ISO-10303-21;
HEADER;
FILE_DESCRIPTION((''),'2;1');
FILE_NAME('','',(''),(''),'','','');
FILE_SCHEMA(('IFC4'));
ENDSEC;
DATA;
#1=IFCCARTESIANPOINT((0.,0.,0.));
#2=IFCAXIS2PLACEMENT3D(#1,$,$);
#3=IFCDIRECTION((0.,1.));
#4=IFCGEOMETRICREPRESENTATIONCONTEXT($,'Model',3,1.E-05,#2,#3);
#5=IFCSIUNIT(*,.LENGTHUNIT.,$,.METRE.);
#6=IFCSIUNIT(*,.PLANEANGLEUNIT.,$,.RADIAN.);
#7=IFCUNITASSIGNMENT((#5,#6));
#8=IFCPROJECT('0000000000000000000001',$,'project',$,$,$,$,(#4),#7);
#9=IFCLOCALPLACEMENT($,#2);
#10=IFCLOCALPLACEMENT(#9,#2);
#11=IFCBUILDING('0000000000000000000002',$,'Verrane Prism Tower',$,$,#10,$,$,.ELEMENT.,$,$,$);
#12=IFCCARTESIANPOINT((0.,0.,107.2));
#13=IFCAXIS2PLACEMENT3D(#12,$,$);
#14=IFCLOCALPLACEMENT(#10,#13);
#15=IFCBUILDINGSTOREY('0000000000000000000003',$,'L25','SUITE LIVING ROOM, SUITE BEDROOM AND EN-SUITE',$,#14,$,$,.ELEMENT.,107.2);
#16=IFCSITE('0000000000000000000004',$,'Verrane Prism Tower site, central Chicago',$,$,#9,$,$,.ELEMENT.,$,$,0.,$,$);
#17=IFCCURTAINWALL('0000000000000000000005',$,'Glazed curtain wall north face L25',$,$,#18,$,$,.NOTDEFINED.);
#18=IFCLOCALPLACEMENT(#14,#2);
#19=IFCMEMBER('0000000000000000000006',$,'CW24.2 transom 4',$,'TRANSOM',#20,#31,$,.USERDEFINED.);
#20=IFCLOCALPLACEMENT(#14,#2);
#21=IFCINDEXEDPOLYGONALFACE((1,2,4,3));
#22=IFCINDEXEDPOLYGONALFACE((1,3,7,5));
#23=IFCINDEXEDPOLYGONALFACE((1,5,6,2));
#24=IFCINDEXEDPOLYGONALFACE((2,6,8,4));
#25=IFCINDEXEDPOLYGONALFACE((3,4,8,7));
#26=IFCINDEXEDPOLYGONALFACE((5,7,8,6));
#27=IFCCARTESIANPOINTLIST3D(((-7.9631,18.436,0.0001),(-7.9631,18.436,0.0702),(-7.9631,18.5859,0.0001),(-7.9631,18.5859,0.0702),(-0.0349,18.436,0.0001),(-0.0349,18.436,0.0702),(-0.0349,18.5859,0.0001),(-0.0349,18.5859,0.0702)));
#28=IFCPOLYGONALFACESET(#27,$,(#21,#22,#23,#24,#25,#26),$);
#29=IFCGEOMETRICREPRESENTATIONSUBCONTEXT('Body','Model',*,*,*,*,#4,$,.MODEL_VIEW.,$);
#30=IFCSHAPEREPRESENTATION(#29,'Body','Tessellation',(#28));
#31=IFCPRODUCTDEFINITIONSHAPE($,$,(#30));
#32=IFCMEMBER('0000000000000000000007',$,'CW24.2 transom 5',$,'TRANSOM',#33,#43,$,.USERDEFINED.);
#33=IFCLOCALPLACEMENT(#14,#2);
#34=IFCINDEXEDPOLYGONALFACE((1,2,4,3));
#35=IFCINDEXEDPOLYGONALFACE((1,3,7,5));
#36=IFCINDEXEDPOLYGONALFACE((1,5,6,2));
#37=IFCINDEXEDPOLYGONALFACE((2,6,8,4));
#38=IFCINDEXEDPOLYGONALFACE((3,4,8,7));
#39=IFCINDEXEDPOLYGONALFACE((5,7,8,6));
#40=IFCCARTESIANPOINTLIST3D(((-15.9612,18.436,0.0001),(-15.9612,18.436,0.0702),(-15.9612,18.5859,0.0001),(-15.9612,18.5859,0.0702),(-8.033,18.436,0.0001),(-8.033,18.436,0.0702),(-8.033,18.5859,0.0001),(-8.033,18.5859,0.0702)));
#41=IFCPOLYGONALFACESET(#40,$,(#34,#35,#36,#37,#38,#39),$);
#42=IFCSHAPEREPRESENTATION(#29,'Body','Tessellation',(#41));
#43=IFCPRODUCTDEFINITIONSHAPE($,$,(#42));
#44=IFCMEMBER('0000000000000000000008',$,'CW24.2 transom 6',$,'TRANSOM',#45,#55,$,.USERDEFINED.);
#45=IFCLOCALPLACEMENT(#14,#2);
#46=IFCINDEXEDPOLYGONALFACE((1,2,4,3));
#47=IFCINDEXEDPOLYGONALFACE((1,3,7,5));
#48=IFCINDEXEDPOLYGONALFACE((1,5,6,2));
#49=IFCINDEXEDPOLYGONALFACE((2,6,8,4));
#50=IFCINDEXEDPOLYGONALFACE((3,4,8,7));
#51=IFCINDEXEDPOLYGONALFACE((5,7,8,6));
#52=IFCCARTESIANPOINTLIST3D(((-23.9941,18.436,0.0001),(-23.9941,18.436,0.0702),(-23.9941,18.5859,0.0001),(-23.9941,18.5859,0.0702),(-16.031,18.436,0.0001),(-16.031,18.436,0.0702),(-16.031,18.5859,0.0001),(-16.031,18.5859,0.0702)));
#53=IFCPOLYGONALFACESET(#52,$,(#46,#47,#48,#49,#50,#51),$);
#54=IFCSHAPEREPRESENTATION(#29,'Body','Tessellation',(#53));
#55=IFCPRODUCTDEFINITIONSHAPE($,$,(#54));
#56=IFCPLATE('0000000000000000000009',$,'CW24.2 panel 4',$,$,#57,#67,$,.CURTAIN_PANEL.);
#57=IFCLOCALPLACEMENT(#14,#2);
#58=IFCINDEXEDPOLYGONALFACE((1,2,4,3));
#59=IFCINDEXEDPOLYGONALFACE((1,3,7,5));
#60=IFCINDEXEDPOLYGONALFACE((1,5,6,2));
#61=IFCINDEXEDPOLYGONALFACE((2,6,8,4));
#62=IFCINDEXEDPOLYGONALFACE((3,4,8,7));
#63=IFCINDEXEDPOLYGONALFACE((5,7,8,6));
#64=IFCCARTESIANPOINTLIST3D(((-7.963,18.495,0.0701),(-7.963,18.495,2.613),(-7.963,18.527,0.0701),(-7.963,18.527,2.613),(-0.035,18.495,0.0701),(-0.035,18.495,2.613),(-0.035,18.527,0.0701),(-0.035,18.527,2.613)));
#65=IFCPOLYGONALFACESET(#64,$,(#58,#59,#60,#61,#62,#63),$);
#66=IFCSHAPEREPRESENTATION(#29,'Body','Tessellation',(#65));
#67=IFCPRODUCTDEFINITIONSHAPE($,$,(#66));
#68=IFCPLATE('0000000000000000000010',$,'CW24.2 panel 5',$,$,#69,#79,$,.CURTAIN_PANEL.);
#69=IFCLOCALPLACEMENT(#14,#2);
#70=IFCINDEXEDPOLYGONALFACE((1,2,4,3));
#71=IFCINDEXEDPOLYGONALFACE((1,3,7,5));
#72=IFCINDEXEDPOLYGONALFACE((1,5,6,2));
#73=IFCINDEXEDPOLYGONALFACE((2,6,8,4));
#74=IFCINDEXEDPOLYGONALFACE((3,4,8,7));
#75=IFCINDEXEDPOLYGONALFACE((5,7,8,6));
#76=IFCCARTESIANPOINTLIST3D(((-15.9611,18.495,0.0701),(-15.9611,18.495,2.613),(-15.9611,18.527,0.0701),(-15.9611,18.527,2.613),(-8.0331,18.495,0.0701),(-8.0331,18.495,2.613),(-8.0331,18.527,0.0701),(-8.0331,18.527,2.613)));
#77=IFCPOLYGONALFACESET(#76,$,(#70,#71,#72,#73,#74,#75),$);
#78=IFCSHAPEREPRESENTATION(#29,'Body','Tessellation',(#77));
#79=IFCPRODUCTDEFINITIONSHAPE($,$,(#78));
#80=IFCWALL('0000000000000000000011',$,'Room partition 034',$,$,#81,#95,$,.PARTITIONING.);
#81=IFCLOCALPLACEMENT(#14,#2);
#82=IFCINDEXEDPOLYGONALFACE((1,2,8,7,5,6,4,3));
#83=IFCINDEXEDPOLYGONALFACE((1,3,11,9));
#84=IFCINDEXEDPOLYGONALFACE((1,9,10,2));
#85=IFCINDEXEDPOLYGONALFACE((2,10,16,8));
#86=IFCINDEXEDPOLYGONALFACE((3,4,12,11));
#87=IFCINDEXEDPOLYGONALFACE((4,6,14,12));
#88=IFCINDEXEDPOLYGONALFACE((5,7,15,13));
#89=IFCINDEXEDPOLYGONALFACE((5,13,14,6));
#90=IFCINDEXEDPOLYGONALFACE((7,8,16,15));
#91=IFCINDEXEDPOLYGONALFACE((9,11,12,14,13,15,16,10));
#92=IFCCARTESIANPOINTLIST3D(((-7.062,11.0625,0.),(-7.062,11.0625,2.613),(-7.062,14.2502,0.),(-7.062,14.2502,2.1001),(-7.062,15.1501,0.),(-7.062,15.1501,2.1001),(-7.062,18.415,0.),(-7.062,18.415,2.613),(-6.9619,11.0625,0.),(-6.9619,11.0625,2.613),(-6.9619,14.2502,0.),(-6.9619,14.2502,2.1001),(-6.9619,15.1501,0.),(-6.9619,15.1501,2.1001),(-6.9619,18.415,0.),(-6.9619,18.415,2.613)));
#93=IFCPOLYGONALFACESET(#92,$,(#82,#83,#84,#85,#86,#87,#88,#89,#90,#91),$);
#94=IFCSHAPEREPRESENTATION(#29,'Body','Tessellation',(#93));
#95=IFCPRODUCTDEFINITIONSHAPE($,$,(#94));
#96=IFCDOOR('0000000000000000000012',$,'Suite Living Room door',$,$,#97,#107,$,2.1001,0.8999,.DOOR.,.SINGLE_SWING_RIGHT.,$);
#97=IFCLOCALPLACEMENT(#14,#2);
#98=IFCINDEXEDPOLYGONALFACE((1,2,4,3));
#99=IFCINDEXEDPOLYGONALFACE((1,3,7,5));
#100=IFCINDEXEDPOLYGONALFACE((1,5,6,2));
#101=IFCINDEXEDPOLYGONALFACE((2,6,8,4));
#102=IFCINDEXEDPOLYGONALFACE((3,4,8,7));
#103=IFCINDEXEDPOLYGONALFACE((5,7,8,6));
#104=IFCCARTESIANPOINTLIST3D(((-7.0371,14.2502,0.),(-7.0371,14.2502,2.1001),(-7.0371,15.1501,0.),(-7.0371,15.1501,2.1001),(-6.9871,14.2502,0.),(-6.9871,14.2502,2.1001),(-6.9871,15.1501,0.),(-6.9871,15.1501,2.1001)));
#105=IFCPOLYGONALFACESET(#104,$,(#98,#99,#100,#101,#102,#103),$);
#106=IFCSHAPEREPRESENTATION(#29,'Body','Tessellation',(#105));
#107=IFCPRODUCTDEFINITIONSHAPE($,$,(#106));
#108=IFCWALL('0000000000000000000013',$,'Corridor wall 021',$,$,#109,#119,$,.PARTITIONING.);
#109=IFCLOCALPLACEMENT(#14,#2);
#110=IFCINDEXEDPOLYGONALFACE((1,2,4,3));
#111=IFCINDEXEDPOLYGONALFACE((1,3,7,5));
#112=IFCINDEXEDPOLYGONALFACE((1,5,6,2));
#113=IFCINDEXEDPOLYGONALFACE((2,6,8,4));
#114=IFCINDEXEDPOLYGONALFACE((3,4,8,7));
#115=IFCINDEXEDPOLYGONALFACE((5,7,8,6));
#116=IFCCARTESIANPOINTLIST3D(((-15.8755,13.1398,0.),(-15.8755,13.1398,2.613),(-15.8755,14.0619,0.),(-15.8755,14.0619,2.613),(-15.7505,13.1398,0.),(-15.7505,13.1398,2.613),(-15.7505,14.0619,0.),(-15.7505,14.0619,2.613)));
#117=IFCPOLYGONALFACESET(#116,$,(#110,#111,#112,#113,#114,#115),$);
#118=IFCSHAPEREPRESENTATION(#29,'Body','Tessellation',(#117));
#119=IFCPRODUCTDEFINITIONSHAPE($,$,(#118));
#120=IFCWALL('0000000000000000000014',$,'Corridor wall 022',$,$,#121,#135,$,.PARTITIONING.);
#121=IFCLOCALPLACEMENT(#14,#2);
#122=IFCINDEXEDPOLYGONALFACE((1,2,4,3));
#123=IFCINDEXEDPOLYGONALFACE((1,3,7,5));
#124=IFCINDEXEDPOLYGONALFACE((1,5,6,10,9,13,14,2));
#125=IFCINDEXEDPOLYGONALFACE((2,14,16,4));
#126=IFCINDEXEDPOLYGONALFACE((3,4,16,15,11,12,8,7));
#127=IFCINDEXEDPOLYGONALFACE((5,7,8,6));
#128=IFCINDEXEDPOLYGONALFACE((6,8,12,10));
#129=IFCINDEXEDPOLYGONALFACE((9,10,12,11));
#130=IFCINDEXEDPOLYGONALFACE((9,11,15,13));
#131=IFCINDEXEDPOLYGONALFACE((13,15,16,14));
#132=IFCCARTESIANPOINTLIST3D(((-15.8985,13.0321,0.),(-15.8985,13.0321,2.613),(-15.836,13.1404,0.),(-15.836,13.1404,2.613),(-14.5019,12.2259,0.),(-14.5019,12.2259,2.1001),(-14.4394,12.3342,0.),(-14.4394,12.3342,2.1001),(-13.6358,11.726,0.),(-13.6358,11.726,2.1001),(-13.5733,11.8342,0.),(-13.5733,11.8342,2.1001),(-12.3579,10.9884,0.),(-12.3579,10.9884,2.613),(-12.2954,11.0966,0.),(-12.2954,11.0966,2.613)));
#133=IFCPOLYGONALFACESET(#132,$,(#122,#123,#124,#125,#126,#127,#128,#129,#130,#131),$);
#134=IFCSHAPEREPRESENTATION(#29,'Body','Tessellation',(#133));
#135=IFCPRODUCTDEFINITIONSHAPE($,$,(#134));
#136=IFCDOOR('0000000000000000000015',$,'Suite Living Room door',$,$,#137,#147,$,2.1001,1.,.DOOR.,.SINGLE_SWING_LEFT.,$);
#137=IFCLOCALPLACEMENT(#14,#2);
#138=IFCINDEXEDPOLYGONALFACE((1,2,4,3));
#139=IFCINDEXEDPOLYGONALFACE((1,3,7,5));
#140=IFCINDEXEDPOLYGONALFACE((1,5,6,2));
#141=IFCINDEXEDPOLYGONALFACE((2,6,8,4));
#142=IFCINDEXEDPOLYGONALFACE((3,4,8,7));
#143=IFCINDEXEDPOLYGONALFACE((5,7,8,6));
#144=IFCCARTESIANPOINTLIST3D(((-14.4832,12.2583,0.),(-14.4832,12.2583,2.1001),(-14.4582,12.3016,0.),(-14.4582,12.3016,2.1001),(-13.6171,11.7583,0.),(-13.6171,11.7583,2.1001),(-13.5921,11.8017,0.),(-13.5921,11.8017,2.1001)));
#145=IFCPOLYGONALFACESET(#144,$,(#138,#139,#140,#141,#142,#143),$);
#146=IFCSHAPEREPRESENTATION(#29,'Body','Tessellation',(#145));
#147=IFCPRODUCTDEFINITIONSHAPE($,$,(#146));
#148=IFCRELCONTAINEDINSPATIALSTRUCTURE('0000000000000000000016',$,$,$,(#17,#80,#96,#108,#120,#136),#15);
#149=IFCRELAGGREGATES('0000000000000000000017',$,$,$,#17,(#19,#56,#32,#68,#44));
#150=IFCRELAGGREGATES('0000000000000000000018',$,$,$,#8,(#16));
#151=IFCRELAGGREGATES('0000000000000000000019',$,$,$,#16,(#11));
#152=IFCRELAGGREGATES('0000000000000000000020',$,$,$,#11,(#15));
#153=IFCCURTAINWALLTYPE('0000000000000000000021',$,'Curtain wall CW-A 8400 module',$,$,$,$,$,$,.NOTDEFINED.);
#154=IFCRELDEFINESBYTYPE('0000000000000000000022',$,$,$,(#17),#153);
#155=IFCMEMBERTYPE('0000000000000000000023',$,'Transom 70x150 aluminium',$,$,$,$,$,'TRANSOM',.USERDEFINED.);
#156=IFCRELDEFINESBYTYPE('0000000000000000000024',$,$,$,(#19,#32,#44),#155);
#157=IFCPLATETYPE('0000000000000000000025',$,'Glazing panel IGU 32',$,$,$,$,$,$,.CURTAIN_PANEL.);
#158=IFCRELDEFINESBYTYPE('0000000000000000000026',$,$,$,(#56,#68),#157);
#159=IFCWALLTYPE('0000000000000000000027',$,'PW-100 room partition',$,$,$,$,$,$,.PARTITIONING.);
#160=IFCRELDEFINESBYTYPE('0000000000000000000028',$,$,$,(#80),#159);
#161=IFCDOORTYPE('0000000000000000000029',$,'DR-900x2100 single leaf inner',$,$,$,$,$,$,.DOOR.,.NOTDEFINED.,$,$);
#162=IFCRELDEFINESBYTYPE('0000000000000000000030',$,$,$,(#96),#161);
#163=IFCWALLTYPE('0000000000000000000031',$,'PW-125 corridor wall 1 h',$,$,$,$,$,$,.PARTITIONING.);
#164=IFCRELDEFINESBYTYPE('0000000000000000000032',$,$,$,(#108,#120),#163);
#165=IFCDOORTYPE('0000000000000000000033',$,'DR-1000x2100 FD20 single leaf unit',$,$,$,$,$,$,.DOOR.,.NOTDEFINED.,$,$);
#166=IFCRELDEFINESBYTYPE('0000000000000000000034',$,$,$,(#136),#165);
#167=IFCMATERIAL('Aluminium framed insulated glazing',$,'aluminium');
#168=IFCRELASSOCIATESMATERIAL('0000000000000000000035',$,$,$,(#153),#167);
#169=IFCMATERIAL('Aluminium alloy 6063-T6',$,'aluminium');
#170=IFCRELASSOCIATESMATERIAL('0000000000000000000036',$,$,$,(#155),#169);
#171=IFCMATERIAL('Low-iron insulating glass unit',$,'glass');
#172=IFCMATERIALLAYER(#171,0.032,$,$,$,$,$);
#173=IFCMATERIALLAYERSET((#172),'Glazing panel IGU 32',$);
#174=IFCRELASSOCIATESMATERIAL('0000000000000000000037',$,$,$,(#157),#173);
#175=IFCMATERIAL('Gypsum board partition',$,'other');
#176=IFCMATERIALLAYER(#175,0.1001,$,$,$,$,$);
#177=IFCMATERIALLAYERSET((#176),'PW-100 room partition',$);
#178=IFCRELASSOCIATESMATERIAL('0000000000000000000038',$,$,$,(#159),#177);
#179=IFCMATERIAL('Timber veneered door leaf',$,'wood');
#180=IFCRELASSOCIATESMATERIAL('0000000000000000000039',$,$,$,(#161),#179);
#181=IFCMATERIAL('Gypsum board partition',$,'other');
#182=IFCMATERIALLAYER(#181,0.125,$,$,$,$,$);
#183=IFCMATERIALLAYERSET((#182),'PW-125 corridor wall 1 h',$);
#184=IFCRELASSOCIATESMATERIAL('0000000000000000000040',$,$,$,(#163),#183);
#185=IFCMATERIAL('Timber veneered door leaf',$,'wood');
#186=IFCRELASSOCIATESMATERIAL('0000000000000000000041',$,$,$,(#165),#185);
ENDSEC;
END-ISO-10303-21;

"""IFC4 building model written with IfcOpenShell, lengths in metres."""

from ifc_helpers import new_model, si_unit, direction, frame, frame_2d, origin, origin_2d, place, context, subcontext, project, spatial, rectangle, extrude, material, layer, layer_set, material_profile, profile_set, type_object, element, fill, aggregate, save


model = new_model("IFC4")

# Units and contexts
model_context = context("Model", 3, precision=1e-05, world=origin(), true_north=direction((0.0, 1.0)))
body_context = subcontext(model_context, "Body", "Model", "MODEL_VIEW")
ifc_project = project(units=[si_unit("LENGTHUNIT", "METRE"), si_unit("PLANEANGLEUNIT", "RADIAN")], contexts=[model_context])

# Site, building, storey
site_placement = place(None, origin())
site = spatial("IfcSite", under=ifc_project, at=site_placement, Name="Verrane Prism Tower site, central Chicago", CompositionType="ELEMENT", RefElevation=0.0)
building_placement = place(site_placement, origin())
building = spatial("IfcBuilding", under=site, at=building_placement, Name="Verrane Prism Tower", CompositionType="ELEMENT")
storey_placement = place(building_placement, frame((0.0, 0.0, 107.2)))
storey = spatial("IfcBuildingStorey", under=building, at=storey_placement, Name="L25", Description="SUITE LIVING ROOM, SUITE BEDROOM AND EN-SUITE", CompositionType="ELEMENT", Elevation=107.2)

# Curtain wall
ifc_material_1 = material(Name="Aluminium framed insulated glazing", Category="aluminium")
curtain_wall_type = type_object("IfcCurtainWallType", Name="Curtain wall CW-A 8400 module", PredefinedType="NOTDEFINED", material=ifc_material_1)
curtain_wall_placement = place(storey_placement, origin())
curtain_wall = element("IfcCurtainWall", 1, at=curtain_wall_placement, inside=storey, type_object=curtain_wall_type, Name="Glazed curtain wall north face L25", PredefinedType="NOTDEFINED")

# Members
ifc_material_2 = material(Name="Aluminium alloy 6063-T6", Category="aluminium")
ifc_material_profile_1 = material_profile(ifc_material_2, rectangle(XDim=0.1499, YDim=0.0701, at=origin_2d()), Name="Transom 70x150 aluminium")
ifc_profile_set_1 = profile_set([ifc_material_profile_1], Name="Aluminium alloy 6063-T6")
member_type_1 = type_object("IfcMemberType", Name="Transom 70x150 aluminium", ElementType="TRANSOM", PredefinedType="USERDEFINED", material=ifc_profile_set_1)
member_1_placement = place(storey_placement, frame((-0.0349, 18.511, 0.0352), z_axis=(-1.0, 0.0, 0.0), x_axis=(0.0, -1.0, 0.0)))
member_1 = element("IfcMember", 2, at=member_1_placement, type_object=member_type_1, Name="CW24.2 transom 4", ObjectType="TRANSOM", PredefinedType="USERDEFINED", context=body_context, shape_type="SweptSolid", body=[
    extrude(rectangle(XDim=0.1499, YDim=0.0701, at=origin_2d()), origin(), (0.0, 0.0, 1.0), 7.9282),
])
member_2_placement = place(storey_placement, frame((-8.033, 18.511, 0.0352), z_axis=(-1.0, 0.0, 0.0), x_axis=(0.0, -1.0, 0.0)))
member_2 = element("IfcMember", 3, at=member_2_placement, type_object=member_type_1, Name="CW24.2 transom 5", ObjectType="TRANSOM", PredefinedType="USERDEFINED", context=body_context, shape_type="SweptSolid", body=[
    extrude(rectangle(XDim=0.1499, YDim=0.0701, at=origin_2d()), origin(), (0.0, 0.0, 1.0), 7.9282),
])
member_3_placement = place(storey_placement, frame((-16.031, 18.511, 0.0352), z_axis=(-1.0, 0.0, 0.0), x_axis=(0.0, -1.0, 0.0)))
member_3 = element("IfcMember", 4, at=member_3_placement, type_object=member_type_1, Name="CW24.2 transom 6", ObjectType="TRANSOM", PredefinedType="USERDEFINED", context=body_context, shape_type="SweptSolid", body=[
    extrude(rectangle(XDim=0.1499, YDim=0.0701, at=origin_2d()), origin(), (0.0, 0.0, 1.0), 7.9631),
])

# Plates
ifc_material_3 = material(Name="Low-iron insulating glass unit", Category="glass")
ifc_layer_1 = layer(ifc_material_3, 0.032)
ifc_layer_set_1 = layer_set([ifc_layer_1], Name="Glazing panel IGU 32")
plate_type = type_object("IfcPlateType", Name="Glazing panel IGU 32", PredefinedType="CURTAIN_PANEL", material=ifc_layer_set_1)
plate_1_placement = place(storey_placement, frame((-3.999, 18.511, 0.0701), z_axis=(0.0, 0.0, 1.0), x_axis=(-1.0, 0.0, 0.0)))
plate_1 = element("IfcPlate", 5, at=plate_1_placement, type_object=plate_type, Name="CW24.2 panel 4", PredefinedType="CURTAIN_PANEL", context=body_context, shape_type="SweptSolid", body=[
    extrude(rectangle(XDim=7.928, YDim=0.032, at=origin_2d()), origin(), (0.0, 0.0, 1.0), 2.543),
])
plate_2_placement = place(storey_placement, frame((-11.9971, 18.511, 0.0701), z_axis=(0.0, 0.0, 1.0), x_axis=(-1.0, 0.0, 0.0)))
plate_2 = element("IfcPlate", 6, at=plate_2_placement, type_object=plate_type, Name="CW24.2 panel 5", PredefinedType="CURTAIN_PANEL", context=body_context, shape_type="SweptSolid", body=[
    extrude(rectangle(XDim=7.928, YDim=0.032, at=origin_2d()), origin(), (0.0, 0.0, 1.0), 2.543),
])
aggregate(curtain_wall, [member_1, plate_1, member_2, plate_2, member_3])

# Wall, opening, door
ifc_material_4 = material(Name="Gypsum board partition", Category="other")
ifc_layer_2 = layer(ifc_material_4, 0.1001)
ifc_layer_set_2 = layer_set([ifc_layer_2], Name="PW-100 room partition")
wall_type_1 = type_object("IfcWallType", Name="PW-100 room partition", PredefinedType="PARTITIONING", material=ifc_layer_set_2)
wall_1_placement = place(storey_placement, frame((-7.012, 18.415, 0.0), z_axis=(0.0, 0.0, 1.0), x_axis=(0.0, -1.0, 0.0)))
wall_1 = element("IfcWall", 7, at=wall_1_placement, inside=storey, type_object=wall_type_1, Name="Room partition 034", PredefinedType="PARTITIONING", context=body_context, shape_type="SweptSolid", body=[
    extrude(rectangle(XDim=7.3525, YDim=0.1001, at=frame_2d((3.6763, 0.0))), origin(), (0.0, 0.0, 1.0), 2.613),
])
opening_1_placement = place(wall_1_placement, frame((3.2649, 0.0, 0.0)))
opening_1 = element("IfcOpeningElement", 8, at=opening_1_placement, cuts=wall_1, PredefinedType="OPENING", context=body_context, shape_type="SweptSolid", body=[
    extrude(rectangle(XDim=0.8999, YDim=2.1001, at=frame_2d((0.45, 1.05))), frame((0.0, 0.0601, 0.0), z_axis=(0.0, -1.0, 0.0), x_axis=(1.0, 0.0, 0.0)), (0.0, 0.0, 1.0), 0.1201),
])
ifc_material_5 = material(Name="Timber veneered door leaf", Category="wood")
door_type_1 = type_object("IfcDoorType", Name="DR-900x2100 single leaf inner", OperationType="NOTDEFINED", PredefinedType="DOOR", material=ifc_material_5)
door_1_placement = place(opening_1_placement, origin())
door_1 = element("IfcDoor", 9, at=door_1_placement, inside=storey, type_object=door_type_1, Name="Suite Living Room door", OperationType="SINGLE_SWING_RIGHT", OverallHeight=2.1001, OverallWidth=0.8999, PredefinedType="DOOR", context=body_context, shape_type="SweptSolid", body=[
    extrude(rectangle(XDim=0.8999, YDim=2.1001, at=frame_2d((0.45, 1.05))), frame((0.0, 0.0249, 0.0), z_axis=(0.0, -1.0, 0.0), x_axis=(1.0, 0.0, 0.0)), (0.0, 0.0, 1.0), 0.05),
])
fill(opening_1, door_1)

# Wall
ifc_material_6 = material(Name="Gypsum board partition", Category="other")
ifc_layer_3 = layer(ifc_material_6, 0.125)
ifc_layer_set_3 = layer_set([ifc_layer_3], Name="PW-125 corridor wall 1 h")
wall_type_2 = type_object("IfcWallType", Name="PW-125 corridor wall 1 h", PredefinedType="PARTITIONING", material=ifc_layer_set_3)
wall_2_placement = place(storey_placement, frame((-15.813, 13.1399, 0.0), z_axis=(0.0, 0.0, 1.0), x_axis=(0.0, 1.0, 0.0)))
element("IfcWall", 10, at=wall_2_placement, inside=storey, type_object=wall_type_2, Name="Corridor wall 021", PredefinedType="PARTITIONING", context=body_context, shape_type="SweptSolid", body=[
    extrude(rectangle(XDim=0.9221, YDim=0.125, at=frame_2d((0.4609, 0.0))), origin(), (0.0, 0.0, 1.0), 2.613),
])

# Wall, opening, door
wall_3_placement = place(storey_placement, frame((-15.8672, 13.0862, 0.0), z_axis=(0.0, 0.0, 1.0), x_axis=(0.86607, -0.499922, 0.0)))
wall_3 = element("IfcWall", 11, at=wall_3_placement, inside=storey, type_object=wall_type_2, Name="Corridor wall 022", PredefinedType="PARTITIONING", context=body_context, shape_type="SweptSolid", body=[
    extrude(rectangle(XDim=4.0881, YDim=0.125, at=frame_2d((2.0439, 0.0))), origin(), (0.0, 0.0, 1.0), 2.613),
])
opening_2_placement = place(wall_3_placement, frame((1.6125, 0.0, 0.0)))
opening_2 = element("IfcOpeningElement", 12, at=opening_2_placement, cuts=wall_3, PredefinedType="OPENING", context=body_context, shape_type="SweptSolid", body=[
    extrude(rectangle(XDim=1.0, YDim=2.1001, at=frame_2d((0.5, 1.05))), frame((0.0, 0.0725, 0.0), z_axis=(0.0, -1.0, 0.0), x_axis=(1.0, 0.0, 0.0)), (0.0, 0.0, 1.0), 0.145),
])
ifc_material_7 = material(Name="Timber veneered door leaf", Category="wood")
door_type_2 = type_object("IfcDoorType", Name="DR-1000x2100 FD20 single leaf unit", OperationType="NOTDEFINED", PredefinedType="DOOR", material=ifc_material_7)
door_2_placement = place(opening_2_placement, origin())
door_2 = element("IfcDoor", 13, at=door_2_placement, inside=storey, type_object=door_type_2, Name="Suite Living Room door", OperationType="SINGLE_SWING_LEFT", OverallHeight=2.1001, OverallWidth=1.0, PredefinedType="DOOR", context=body_context, shape_type="SweptSolid", body=[
    extrude(rectangle(XDim=1.0, YDim=2.1001, at=frame_2d((0.5, 1.05))), frame((0.0, 0.0249, 0.0), z_axis=(0.0, -1.0, 0.0), x_axis=(1.0, 0.0, 0.0)), (0.0, 0.0, 1.0), 0.05),
])
fill(opening_2, door_2)

save(model, "model.ifc")
